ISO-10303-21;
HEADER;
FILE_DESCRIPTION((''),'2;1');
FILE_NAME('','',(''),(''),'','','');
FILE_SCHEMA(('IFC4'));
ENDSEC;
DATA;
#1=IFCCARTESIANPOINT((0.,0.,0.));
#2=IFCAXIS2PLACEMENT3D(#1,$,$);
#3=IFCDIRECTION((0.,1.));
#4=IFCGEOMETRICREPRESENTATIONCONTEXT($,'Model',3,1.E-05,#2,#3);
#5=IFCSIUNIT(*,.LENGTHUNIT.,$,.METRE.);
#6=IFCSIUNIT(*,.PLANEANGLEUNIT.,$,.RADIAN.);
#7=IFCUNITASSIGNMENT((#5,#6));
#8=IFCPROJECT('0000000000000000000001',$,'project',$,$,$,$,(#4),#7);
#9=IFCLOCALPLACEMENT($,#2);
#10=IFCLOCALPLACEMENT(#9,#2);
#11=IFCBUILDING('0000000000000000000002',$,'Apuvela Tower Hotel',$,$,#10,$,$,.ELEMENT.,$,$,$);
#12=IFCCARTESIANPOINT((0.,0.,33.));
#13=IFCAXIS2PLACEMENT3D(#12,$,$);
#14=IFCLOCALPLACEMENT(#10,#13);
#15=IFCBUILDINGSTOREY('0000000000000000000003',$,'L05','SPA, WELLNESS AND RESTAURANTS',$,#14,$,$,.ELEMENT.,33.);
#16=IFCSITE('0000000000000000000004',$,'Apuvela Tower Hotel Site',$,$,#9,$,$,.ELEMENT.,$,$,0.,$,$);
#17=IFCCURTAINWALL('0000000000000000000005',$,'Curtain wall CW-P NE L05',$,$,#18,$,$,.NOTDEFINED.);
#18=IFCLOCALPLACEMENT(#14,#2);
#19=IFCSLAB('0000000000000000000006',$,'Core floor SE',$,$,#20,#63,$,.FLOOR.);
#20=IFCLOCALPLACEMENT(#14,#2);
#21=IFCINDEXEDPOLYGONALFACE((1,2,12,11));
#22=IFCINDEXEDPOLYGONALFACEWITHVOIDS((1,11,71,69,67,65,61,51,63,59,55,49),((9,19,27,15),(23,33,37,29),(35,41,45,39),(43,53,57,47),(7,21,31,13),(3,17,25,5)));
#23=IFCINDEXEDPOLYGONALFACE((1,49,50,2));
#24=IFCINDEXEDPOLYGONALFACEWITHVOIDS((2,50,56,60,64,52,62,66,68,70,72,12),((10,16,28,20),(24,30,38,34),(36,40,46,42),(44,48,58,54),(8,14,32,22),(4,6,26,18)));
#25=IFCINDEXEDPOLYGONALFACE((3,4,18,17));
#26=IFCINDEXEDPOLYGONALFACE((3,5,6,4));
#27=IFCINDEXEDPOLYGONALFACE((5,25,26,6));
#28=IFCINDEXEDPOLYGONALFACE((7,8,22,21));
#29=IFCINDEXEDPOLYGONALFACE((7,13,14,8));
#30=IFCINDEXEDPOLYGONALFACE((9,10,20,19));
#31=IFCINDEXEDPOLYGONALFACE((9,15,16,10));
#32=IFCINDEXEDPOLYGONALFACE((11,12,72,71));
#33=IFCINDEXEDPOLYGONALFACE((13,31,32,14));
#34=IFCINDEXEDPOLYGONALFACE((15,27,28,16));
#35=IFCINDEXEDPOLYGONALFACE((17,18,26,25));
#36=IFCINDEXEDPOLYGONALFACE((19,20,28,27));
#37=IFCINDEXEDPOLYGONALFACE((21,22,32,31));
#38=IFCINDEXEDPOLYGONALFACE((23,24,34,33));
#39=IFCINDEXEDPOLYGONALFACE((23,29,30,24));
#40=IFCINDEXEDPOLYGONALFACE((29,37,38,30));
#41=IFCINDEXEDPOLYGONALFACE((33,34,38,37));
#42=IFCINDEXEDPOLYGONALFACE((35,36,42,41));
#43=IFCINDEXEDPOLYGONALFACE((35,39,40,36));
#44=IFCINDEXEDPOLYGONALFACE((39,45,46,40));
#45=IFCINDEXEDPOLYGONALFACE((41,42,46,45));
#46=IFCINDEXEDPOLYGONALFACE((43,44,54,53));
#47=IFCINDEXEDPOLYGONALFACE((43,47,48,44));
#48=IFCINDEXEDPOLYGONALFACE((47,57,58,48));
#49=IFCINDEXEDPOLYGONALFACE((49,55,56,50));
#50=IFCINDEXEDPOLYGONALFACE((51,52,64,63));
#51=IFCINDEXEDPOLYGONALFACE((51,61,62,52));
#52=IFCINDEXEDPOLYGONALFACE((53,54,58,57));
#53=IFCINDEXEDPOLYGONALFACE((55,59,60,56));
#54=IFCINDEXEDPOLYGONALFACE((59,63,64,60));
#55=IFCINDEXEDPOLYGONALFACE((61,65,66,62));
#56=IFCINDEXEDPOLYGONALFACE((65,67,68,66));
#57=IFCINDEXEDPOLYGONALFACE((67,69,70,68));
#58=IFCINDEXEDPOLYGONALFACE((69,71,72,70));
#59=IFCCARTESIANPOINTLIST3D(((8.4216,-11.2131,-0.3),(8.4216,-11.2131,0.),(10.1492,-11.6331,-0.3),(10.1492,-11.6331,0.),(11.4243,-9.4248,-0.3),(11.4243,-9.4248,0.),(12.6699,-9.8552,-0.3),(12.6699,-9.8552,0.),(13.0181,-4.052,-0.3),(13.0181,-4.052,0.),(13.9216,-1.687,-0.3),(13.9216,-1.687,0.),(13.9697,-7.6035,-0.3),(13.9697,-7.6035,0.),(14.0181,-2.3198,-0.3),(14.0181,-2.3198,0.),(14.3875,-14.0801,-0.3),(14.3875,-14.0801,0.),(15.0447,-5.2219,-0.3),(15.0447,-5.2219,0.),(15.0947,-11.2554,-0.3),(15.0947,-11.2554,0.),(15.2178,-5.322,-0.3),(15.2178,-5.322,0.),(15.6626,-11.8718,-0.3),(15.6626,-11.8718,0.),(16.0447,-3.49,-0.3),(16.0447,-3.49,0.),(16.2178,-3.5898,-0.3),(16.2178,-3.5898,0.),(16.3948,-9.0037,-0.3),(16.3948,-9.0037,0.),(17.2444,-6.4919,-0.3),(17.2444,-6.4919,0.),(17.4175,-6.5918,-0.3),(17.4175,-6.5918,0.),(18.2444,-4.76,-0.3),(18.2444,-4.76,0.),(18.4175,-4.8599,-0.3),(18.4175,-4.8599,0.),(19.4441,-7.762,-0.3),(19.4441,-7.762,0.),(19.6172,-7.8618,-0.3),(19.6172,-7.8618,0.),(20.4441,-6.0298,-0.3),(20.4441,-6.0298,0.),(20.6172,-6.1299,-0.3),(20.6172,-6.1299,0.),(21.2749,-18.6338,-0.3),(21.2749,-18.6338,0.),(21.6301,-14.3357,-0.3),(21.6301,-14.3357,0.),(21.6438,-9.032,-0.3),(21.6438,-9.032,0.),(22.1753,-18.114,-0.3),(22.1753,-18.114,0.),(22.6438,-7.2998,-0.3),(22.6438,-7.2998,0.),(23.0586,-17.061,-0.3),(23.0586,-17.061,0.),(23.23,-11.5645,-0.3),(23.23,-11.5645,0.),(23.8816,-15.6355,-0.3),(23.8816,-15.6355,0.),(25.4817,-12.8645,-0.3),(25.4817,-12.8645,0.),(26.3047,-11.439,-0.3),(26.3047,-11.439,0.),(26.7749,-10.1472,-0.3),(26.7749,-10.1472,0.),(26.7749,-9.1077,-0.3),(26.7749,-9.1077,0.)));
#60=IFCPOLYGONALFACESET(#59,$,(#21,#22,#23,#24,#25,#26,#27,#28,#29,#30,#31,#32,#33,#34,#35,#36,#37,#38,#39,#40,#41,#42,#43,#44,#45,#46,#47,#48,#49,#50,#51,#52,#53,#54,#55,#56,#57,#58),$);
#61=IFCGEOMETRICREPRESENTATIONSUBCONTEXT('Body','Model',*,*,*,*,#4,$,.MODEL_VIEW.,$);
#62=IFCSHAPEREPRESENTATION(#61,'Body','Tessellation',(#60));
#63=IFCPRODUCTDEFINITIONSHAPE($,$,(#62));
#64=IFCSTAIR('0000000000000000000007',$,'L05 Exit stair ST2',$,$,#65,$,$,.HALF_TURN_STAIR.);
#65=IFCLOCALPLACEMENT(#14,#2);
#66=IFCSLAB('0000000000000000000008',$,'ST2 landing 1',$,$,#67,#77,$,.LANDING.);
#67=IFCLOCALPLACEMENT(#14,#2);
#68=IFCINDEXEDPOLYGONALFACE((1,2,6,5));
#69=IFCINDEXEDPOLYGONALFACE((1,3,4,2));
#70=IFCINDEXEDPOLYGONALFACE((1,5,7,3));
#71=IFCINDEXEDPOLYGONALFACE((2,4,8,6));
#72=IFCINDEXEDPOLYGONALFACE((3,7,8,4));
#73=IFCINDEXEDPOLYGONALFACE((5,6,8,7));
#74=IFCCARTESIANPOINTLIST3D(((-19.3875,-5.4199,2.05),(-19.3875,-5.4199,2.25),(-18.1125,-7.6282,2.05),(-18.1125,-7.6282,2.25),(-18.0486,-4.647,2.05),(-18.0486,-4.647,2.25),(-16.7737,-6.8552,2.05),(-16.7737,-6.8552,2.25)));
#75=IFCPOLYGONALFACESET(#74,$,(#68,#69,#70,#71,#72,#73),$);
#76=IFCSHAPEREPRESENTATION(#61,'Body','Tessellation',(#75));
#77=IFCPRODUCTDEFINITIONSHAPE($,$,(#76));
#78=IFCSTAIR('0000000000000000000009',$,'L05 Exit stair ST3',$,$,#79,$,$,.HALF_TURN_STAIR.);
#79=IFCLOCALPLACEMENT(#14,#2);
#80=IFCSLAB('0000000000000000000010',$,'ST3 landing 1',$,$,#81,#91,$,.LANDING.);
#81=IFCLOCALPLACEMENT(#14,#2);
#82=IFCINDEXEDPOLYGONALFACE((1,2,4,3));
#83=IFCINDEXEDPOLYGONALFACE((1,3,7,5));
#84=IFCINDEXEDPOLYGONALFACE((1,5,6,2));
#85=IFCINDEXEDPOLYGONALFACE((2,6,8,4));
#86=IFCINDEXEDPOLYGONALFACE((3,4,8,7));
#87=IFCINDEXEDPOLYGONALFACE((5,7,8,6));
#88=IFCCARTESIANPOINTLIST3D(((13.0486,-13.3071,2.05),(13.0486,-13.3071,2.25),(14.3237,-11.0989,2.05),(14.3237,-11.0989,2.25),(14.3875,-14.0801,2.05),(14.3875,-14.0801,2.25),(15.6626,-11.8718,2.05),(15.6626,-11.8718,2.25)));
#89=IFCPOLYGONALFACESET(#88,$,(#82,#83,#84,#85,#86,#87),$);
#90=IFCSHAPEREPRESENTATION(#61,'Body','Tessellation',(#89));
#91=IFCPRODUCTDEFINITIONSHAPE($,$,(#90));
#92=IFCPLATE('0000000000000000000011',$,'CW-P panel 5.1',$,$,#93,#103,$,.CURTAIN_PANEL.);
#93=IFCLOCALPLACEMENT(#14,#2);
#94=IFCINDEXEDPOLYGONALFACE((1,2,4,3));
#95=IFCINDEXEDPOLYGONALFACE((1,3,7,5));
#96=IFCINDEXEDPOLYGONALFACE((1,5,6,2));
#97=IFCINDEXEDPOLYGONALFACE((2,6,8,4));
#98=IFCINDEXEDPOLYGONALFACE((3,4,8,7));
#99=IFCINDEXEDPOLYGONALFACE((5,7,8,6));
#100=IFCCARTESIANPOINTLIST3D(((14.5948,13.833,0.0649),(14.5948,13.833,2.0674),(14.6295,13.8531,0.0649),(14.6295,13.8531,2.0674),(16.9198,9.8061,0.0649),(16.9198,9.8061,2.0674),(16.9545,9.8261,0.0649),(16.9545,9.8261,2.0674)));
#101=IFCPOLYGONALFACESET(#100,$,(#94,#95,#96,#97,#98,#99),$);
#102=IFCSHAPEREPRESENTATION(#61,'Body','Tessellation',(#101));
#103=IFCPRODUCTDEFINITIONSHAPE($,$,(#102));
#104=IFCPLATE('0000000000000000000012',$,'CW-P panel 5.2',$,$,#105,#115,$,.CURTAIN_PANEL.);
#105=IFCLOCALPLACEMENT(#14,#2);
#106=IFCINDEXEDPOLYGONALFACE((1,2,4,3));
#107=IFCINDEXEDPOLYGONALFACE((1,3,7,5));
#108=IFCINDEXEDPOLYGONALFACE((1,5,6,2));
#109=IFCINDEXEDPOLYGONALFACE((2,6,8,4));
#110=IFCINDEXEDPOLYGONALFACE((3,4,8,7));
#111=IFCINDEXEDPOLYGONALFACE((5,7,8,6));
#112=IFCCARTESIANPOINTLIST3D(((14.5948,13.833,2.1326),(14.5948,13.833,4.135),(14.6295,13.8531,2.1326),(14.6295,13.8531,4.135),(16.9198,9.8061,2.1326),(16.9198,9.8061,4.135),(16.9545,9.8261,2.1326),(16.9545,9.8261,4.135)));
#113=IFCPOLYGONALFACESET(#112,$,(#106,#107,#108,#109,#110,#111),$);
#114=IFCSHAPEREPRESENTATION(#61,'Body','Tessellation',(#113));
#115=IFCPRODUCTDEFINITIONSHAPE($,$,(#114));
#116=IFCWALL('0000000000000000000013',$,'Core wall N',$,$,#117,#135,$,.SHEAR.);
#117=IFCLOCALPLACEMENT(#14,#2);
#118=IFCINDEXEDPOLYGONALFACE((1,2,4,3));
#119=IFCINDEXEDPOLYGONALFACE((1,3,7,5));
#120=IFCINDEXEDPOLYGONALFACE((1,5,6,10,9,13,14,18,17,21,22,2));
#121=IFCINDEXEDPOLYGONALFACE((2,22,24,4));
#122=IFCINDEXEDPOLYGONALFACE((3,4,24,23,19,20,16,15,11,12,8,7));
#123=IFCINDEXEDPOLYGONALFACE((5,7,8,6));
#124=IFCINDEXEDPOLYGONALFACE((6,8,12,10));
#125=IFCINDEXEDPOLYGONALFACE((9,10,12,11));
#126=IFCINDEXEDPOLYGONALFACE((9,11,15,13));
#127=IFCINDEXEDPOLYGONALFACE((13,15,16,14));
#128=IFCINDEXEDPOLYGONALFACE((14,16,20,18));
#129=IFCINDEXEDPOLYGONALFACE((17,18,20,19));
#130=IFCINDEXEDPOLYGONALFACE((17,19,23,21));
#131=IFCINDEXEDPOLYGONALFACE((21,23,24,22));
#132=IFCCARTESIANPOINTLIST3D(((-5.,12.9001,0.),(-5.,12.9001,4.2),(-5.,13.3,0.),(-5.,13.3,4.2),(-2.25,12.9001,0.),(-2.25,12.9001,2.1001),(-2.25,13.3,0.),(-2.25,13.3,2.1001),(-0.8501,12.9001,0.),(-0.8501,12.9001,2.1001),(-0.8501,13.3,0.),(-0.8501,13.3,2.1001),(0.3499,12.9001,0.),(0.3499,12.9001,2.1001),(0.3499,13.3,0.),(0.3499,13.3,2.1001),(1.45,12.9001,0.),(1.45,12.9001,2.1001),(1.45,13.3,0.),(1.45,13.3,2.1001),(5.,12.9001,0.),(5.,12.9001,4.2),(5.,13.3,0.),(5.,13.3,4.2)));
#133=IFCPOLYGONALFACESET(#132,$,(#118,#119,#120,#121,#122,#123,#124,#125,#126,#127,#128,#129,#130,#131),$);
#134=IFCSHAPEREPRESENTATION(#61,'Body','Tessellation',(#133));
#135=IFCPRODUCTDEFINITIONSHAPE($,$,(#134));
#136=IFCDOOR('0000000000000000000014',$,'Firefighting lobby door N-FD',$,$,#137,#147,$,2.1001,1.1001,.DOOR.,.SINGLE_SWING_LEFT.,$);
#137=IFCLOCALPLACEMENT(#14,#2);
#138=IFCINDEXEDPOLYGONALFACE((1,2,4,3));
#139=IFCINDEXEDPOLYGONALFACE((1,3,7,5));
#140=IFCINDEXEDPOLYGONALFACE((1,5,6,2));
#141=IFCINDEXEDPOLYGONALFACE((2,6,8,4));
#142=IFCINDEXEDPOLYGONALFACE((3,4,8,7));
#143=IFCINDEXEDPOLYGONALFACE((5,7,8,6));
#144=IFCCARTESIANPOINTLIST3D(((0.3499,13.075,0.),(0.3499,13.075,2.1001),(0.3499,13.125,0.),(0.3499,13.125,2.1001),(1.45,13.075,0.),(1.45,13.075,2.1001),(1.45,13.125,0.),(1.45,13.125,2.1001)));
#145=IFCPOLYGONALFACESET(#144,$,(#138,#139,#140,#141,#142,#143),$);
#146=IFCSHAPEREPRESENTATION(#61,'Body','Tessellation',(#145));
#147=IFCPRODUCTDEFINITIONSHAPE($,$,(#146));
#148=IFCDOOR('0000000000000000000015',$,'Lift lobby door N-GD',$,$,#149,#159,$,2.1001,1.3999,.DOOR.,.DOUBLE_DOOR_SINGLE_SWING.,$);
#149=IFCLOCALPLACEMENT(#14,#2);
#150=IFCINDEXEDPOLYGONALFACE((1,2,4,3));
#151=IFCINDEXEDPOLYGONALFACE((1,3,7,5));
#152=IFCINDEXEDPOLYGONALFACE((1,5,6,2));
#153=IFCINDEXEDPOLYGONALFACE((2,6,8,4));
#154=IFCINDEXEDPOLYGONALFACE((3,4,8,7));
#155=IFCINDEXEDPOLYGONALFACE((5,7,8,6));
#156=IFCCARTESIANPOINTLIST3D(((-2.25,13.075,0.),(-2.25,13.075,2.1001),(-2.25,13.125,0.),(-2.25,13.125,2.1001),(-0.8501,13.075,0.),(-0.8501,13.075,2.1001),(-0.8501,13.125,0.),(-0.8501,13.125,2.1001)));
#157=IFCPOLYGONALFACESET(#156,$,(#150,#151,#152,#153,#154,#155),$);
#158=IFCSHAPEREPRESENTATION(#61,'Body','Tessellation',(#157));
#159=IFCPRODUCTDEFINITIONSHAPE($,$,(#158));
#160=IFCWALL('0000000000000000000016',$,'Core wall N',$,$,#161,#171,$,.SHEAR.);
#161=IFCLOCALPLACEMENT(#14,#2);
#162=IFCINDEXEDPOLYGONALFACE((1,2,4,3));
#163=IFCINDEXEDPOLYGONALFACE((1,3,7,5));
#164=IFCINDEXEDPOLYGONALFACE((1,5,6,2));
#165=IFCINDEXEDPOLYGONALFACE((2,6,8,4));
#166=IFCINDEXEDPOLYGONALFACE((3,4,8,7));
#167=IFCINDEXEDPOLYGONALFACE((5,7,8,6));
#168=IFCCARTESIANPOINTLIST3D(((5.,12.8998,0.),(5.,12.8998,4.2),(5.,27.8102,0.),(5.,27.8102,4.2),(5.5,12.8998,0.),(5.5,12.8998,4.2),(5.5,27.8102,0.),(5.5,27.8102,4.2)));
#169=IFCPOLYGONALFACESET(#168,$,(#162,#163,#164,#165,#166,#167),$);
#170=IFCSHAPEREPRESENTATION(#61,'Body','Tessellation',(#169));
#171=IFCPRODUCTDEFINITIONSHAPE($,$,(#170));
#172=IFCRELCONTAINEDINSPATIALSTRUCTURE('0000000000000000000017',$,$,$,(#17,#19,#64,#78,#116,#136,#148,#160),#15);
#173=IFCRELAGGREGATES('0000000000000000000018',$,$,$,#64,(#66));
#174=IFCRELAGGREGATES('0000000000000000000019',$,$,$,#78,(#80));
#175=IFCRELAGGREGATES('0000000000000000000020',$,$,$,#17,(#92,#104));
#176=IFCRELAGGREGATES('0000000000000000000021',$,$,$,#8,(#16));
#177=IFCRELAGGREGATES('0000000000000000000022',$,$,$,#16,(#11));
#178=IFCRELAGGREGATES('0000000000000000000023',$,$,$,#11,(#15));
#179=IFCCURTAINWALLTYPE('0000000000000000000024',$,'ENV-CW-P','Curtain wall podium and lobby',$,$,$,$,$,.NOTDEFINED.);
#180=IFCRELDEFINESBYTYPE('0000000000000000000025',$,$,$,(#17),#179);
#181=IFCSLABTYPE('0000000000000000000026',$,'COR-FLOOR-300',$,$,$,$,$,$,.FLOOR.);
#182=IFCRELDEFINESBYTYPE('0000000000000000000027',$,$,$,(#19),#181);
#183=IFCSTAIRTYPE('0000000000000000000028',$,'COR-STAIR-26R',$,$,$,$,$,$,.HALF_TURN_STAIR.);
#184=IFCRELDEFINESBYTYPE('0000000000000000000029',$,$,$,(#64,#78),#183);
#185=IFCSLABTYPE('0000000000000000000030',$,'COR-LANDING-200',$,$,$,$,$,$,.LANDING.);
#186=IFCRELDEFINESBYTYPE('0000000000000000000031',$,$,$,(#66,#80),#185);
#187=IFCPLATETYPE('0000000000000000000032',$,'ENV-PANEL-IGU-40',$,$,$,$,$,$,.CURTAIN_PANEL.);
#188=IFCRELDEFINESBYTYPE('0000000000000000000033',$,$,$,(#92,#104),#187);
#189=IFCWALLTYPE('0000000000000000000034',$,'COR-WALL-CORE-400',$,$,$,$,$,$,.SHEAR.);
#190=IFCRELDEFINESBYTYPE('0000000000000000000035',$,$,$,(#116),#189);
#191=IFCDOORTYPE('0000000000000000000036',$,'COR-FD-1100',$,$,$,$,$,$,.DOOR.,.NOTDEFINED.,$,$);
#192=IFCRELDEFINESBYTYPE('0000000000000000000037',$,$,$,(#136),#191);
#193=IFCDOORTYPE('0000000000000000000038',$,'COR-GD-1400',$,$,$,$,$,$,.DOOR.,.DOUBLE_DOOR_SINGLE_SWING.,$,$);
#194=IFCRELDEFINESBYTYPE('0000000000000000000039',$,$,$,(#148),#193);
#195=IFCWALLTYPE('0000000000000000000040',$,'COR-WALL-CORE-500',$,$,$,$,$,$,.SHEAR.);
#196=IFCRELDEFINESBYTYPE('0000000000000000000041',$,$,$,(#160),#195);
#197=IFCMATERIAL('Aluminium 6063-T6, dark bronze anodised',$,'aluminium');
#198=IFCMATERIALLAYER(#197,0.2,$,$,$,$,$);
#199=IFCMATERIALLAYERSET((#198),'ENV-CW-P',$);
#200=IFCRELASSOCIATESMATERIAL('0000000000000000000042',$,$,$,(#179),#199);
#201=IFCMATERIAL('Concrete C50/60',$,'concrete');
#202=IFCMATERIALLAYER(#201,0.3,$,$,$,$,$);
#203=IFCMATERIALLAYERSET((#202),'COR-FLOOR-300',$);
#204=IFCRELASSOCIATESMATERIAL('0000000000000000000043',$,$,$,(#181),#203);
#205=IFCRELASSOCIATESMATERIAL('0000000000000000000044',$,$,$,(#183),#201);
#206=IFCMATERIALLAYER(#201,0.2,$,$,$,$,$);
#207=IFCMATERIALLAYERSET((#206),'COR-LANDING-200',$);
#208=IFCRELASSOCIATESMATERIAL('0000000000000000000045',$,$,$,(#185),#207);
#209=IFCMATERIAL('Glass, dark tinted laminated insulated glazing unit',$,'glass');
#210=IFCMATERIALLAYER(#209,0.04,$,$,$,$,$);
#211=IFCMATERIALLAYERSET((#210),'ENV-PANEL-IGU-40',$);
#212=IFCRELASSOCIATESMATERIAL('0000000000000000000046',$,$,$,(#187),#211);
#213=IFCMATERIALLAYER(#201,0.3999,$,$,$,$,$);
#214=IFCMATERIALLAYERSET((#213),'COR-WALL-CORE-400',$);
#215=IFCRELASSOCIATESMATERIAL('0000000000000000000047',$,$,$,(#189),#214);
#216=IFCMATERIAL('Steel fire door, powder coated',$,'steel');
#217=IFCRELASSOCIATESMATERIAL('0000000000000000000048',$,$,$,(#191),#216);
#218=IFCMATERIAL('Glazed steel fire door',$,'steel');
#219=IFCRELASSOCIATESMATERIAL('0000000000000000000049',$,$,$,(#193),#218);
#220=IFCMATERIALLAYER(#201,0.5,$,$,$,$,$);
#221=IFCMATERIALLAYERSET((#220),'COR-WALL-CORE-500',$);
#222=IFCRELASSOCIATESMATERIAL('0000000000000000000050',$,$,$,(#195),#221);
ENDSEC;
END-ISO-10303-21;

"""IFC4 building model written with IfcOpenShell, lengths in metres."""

from ifc_helpers import new_model, si_unit, direction, frame, frame_2d, origin, origin_2d, place, context, subcontext, project, spatial, polyline, rectangle, outline, extrude, material, layer, layer_set, type_object, element, fill, aggregate, save


model = new_model("IFC4")

# Units and contexts
model_context = context("Model", 3, precision=1e-05, world=origin(), true_north=direction((0.0, 1.0)))
body_context = subcontext(model_context, "Body", "Model", "MODEL_VIEW")
ifc_project = project(units=[si_unit("LENGTHUNIT", "METRE"), si_unit("PLANEANGLEUNIT", "RADIAN")], contexts=[model_context])

# Site, building, storey
site_placement = place(None, origin())
site = spatial("IfcSite", under=ifc_project, at=site_placement, Name="Apuvela Tower Hotel Site", CompositionType="ELEMENT", RefElevation=0.0)
building_placement = place(site_placement, origin())
building = spatial("IfcBuilding", under=site, at=building_placement, Name="Apuvela Tower Hotel", CompositionType="ELEMENT")
storey_placement = place(building_placement, frame((0.0, 0.0, 33.0)))
storey = spatial("IfcBuildingStorey", under=building, at=storey_placement, Name="L05", Description="SPA, WELLNESS AND RESTAURANTS", CompositionType="ELEMENT", Elevation=33.0)

# Curtain wall
ifc_material_1 = material(Name="Aluminium 6063-T6, dark bronze anodised", Category="aluminium")
ifc_layer_1 = layer(ifc_material_1, 0.2)
ifc_layer_set_1 = layer_set([ifc_layer_1], Name="ENV-CW-P")
curtain_wall_type = type_object("IfcCurtainWallType", Name="ENV-CW-P", Description="Curtain wall podium and lobby", PredefinedType="NOTDEFINED", material=ifc_layer_set_1)
curtain_wall_placement = place(storey_placement, origin())
curtain_wall = element("IfcCurtainWall", 1, at=curtain_wall_placement, inside=storey, type_object=curtain_wall_type, Name="Curtain wall CW-P NE L05", PredefinedType="NOTDEFINED")

# Slab
ifc_material_2 = material(Name="Concrete C50/60", Category="concrete")
ifc_layer_2 = layer(ifc_material_2, 0.3)
ifc_layer_set_2 = layer_set([ifc_layer_2], Name="COR-FLOOR-300")
slab_type_1 = type_object("IfcSlabType", Name="COR-FLOOR-300", PredefinedType="FLOOR", material=ifc_layer_set_2)
slab_1_placement = place(storey_placement, frame((0.0, 0.0, -0.3)))
element("IfcSlab", 2, at=slab_1_placement, inside=storey, type_object=slab_type_1, Name="Core floor SE", PredefinedType="FLOOR", context=body_context, shape_type="SweptSolid", body=[
    extrude(outline(polyline([(21.2749, -18.6338), (22.1753, -18.114), (23.0586, -17.061), (23.8816, -15.6355), (21.6301, -14.3357), (23.23, -11.5645), (25.4817, -12.8645), (26.3047, -11.439), (26.7749, -10.1472), (26.7749, -9.1077), (13.9216, -1.687), (8.4216, -11.2131), (21.2749, -18.6338)]), holes=[polyline([(13.0181, -4.052), (14.0181, -2.3198), (16.0447, -3.49), (15.0447, -5.2219), (13.0181, -4.052)]), polyline([(17.2444, -6.4919), (15.2178, -5.322), (16.2178, -3.5898), (18.2444, -4.76), (17.2444, -6.4919)]), polyline([(14.3875, -14.0801), (10.1492, -11.6331), (11.4243, -9.4248), (15.6626, -11.8718), (14.3875, -14.0801)]), polyline([(12.6699, -9.8552), (13.9697, -7.6035), (16.3948, -9.0037), (15.0947, -11.2554), (12.6699, -9.8552)]), polyline([(19.4441, -7.762), (17.4175, -6.5918), (18.4175, -4.8599), (20.4441, -6.0298), (19.4441, -7.762)]), polyline([(21.6438, -9.032), (19.6172, -7.8618), (20.6172, -6.1299), (22.6438, -7.2998), (21.6438, -9.032)])]), origin(), (0.0, 0.0, 1.0), 0.3),
])

# Stairs, slabs
stair_type = type_object("IfcStairType", Name="COR-STAIR-26R", PredefinedType="HALF_TURN_STAIR", material=ifc_material_2)
stair_1_placement = place(storey_placement, origin())
stair_1 = element("IfcStair", 3, at=stair_1_placement, inside=storey, type_object=stair_type, Name="L05 Exit stair ST2", PredefinedType="HALF_TURN_STAIR")
ifc_layer_3 = layer(ifc_material_2, 0.2)
ifc_layer_set_3 = layer_set([ifc_layer_3], Name="COR-LANDING-200")
slab_type_2 = type_object("IfcSlabType", Name="COR-LANDING-200", PredefinedType="LANDING", material=ifc_layer_set_3)
slab_2_placement = place(storey_placement, frame((0.0, 0.0, 2.05)))
slab_2 = element("IfcSlab", 4, at=slab_2_placement, type_object=slab_type_2, Name="ST2 landing 1", PredefinedType="LANDING", context=body_context, shape_type="SweptSolid", body=[
    extrude(outline(polyline([(-18.0486, -4.647), (-19.3875, -5.4199), (-18.1125, -7.6282), (-16.7737, -6.8552), (-18.0486, -4.647)])), origin(), (0.0, 0.0, 1.0), 0.2),
])
aggregate(stair_1, [slab_2])
stair_2_placement = place(storey_placement, origin())
stair_2 = element("IfcStair", 5, at=stair_2_placement, inside=storey, type_object=stair_type, Name="L05 Exit stair ST3", PredefinedType="HALF_TURN_STAIR")
slab_3_placement = place(storey_placement, frame((0.0, 0.0, 2.05)))
slab_3 = element("IfcSlab", 6, at=slab_3_placement, type_object=slab_type_2, Name="ST3 landing 1", PredefinedType="LANDING", context=body_context, shape_type="SweptSolid", body=[
    extrude(outline(polyline([(13.0486, -13.3071), (14.3875, -14.0801), (15.6626, -11.8718), (14.3237, -11.0989), (13.0486, -13.3071)])), origin(), (0.0, 0.0, 1.0), 0.2),
])
aggregate(stair_2, [slab_3])

# Plates
ifc_material_3 = material(Name="Glass, dark tinted laminated insulated glazing unit", Category="glass")
ifc_layer_4 = layer(ifc_material_3, 0.04)
ifc_layer_set_4 = layer_set([ifc_layer_4], Name="ENV-PANEL-IGU-40")
plate_type = type_object("IfcPlateType", Name="ENV-PANEL-IGU-40", PredefinedType="CURTAIN_PANEL", material=ifc_layer_set_4)
plate_1_placement = place(storey_placement, frame((15.7747, 11.8296, 0.0649), z_axis=(0.0, 0.0, 1.0), x_axis=(-0.5, 0.866026, 0.0)))
plate_1 = element("IfcPlate", 7, at=plate_1_placement, type_object=plate_type, Name="CW-P panel 5.1", PredefinedType="CURTAIN_PANEL", context=body_context, shape_type="SweptSolid", body=[
    extrude(rectangle(XDim=4.6499, YDim=0.04, at=origin_2d()), origin(), (0.0, 0.0, 1.0), 2.0024),
])
plate_2_placement = place(storey_placement, frame((15.7747, 11.8296, 2.1326), z_axis=(0.0, 0.0, 1.0), x_axis=(-0.5, 0.866026, 0.0)))
plate_2 = element("IfcPlate", 8, at=plate_2_placement, type_object=plate_type, Name="CW-P panel 5.2", PredefinedType="CURTAIN_PANEL", context=body_context, shape_type="SweptSolid", body=[
    extrude(rectangle(XDim=4.6499, YDim=0.04, at=origin_2d()), origin(), (0.0, 0.0, 1.0), 2.0024),
])
aggregate(curtain_wall, [plate_1, plate_2])

# Wall, openings, doors
ifc_layer_5 = layer(ifc_material_2, 0.3999)
ifc_layer_set_5 = layer_set([ifc_layer_5], Name="COR-WALL-CORE-400")
wall_type_1 = type_object("IfcWallType", Name="COR-WALL-CORE-400", PredefinedType="SHEAR", material=ifc_layer_set_5)
wall_1_placement = place(storey_placement, frame((5.0, 13.1001, 0.0), z_axis=(0.0, 0.0, 1.0), x_axis=(-1.0, 0.0, 0.0)))
wall_1 = element("IfcWall", 9, at=wall_1_placement, inside=storey, type_object=wall_type_1, Name="Core wall N", PredefinedType="SHEAR", context=body_context, shape_type="SweptSolid", body=[
    extrude(rectangle(XDim=10.0, YDim=0.3999, at=frame_2d((5.0, 0.0))), origin(), (0.0, 0.0, 1.0), 4.2),
])
opening_1_placement = place(wall_1_placement, frame((3.55, 0.0, 0.0)))
opening_1 = element("IfcOpeningElement", 10, at=opening_1_placement, cuts=wall_1, PredefinedType="OPENING", context=body_context, shape_type="SweptSolid", body=[
    extrude(rectangle(XDim=1.1001, YDim=2.1001, at=frame_2d((0.55, 1.05))), frame((0.0, 0.21, 0.0), z_axis=(0.0, -1.0, 0.0), x_axis=(1.0, 0.0, 0.0)), (0.0, 0.0, 1.0), 0.4199),
])
opening_2_placement = place(wall_1_placement, frame((5.8501, 0.0, 0.0)))
opening_2 = element("IfcOpeningElement", 11, at=opening_2_placement, cuts=wall_1, PredefinedType="OPENING", context=body_context, shape_type="SweptSolid", body=[
    extrude(rectangle(XDim=1.3999, YDim=2.1001, at=frame_2d((0.7, 1.05))), frame((0.0, 0.21, 0.0), z_axis=(0.0, -1.0, 0.0), x_axis=(1.0, 0.0, 0.0)), (0.0, 0.0, 1.0), 0.4199),
])
ifc_material_4 = material(Name="Steel fire door, powder coated", Category="steel")
door_type_1 = type_object("IfcDoorType", Name="COR-FD-1100", OperationType="NOTDEFINED", PredefinedType="DOOR", material=ifc_material_4)
door_1_placement = place(opening_1_placement, frame((1.1001, 0.0, 0.0), z_axis=(0.0, 0.0, 1.0), x_axis=(-1.0, 0.0, 0.0)))
door_1 = element("IfcDoor", 12, at=door_1_placement, inside=storey, type_object=door_type_1, Name="Firefighting lobby door N-FD", OperationType="SINGLE_SWING_LEFT", OverallHeight=2.1001, OverallWidth=1.1001, PredefinedType="DOOR", context=body_context, shape_type="SweptSolid", body=[
    extrude(rectangle(XDim=1.1001, YDim=2.1001, at=frame_2d((0.55, 1.05))), frame((0.0, 0.0249, 0.0), z_axis=(0.0, -1.0, 0.0), x_axis=(1.0, 0.0, 0.0)), (0.0, 0.0, 1.0), 0.05),
])
fill(opening_1, door_1)
ifc_material_5 = material(Name="Glazed steel fire door", Category="steel")
door_type_2 = type_object("IfcDoorType", Name="COR-GD-1400", OperationType="DOUBLE_DOOR_SINGLE_SWING", PredefinedType="DOOR", material=ifc_material_5)
door_2_placement = place(opening_2_placement, frame((1.3999, 0.0, 0.0), z_axis=(0.0, 0.0, 1.0), x_axis=(-1.0, 0.0, 0.0)))
door_2 = element("IfcDoor", 13, at=door_2_placement, inside=storey, type_object=door_type_2, Name="Lift lobby door N-GD", OperationType="DOUBLE_DOOR_SINGLE_SWING", OverallHeight=2.1001, OverallWidth=1.3999, PredefinedType="DOOR", context=body_context, shape_type="SweptSolid", body=[
    extrude(rectangle(XDim=1.3999, YDim=2.1001, at=frame_2d((0.7, 1.05))), frame((0.0, 0.0249, 0.0), z_axis=(0.0, -1.0, 0.0), x_axis=(1.0, 0.0, 0.0)), (0.0, 0.0, 1.0), 0.05),
])
fill(opening_2, door_2)

# Wall
ifc_layer_6 = layer(ifc_material_2, 0.5)
ifc_layer_set_6 = layer_set([ifc_layer_6], Name="COR-WALL-CORE-500")
wall_type_2 = type_object("IfcWallType", Name="COR-WALL-CORE-500", PredefinedType="SHEAR", material=ifc_layer_set_6)
wall_2_placement = place(storey_placement, frame((5.25, 12.8999, 0.0), z_axis=(0.0, 0.0, 1.0), x_axis=(0.0, 1.0, 0.0)))
element("IfcWall", 14, at=wall_2_placement, inside=storey, type_object=wall_type_2, Name="Core wall N", PredefinedType="SHEAR", context=body_context, shape_type="SweptSolid", body=[
    extrude(rectangle(XDim=14.9104, YDim=0.5, at=frame_2d((7.4551, 0.0))), origin(), (0.0, 0.0, 1.0), 4.2),
])

save(model, "model.ifc")
